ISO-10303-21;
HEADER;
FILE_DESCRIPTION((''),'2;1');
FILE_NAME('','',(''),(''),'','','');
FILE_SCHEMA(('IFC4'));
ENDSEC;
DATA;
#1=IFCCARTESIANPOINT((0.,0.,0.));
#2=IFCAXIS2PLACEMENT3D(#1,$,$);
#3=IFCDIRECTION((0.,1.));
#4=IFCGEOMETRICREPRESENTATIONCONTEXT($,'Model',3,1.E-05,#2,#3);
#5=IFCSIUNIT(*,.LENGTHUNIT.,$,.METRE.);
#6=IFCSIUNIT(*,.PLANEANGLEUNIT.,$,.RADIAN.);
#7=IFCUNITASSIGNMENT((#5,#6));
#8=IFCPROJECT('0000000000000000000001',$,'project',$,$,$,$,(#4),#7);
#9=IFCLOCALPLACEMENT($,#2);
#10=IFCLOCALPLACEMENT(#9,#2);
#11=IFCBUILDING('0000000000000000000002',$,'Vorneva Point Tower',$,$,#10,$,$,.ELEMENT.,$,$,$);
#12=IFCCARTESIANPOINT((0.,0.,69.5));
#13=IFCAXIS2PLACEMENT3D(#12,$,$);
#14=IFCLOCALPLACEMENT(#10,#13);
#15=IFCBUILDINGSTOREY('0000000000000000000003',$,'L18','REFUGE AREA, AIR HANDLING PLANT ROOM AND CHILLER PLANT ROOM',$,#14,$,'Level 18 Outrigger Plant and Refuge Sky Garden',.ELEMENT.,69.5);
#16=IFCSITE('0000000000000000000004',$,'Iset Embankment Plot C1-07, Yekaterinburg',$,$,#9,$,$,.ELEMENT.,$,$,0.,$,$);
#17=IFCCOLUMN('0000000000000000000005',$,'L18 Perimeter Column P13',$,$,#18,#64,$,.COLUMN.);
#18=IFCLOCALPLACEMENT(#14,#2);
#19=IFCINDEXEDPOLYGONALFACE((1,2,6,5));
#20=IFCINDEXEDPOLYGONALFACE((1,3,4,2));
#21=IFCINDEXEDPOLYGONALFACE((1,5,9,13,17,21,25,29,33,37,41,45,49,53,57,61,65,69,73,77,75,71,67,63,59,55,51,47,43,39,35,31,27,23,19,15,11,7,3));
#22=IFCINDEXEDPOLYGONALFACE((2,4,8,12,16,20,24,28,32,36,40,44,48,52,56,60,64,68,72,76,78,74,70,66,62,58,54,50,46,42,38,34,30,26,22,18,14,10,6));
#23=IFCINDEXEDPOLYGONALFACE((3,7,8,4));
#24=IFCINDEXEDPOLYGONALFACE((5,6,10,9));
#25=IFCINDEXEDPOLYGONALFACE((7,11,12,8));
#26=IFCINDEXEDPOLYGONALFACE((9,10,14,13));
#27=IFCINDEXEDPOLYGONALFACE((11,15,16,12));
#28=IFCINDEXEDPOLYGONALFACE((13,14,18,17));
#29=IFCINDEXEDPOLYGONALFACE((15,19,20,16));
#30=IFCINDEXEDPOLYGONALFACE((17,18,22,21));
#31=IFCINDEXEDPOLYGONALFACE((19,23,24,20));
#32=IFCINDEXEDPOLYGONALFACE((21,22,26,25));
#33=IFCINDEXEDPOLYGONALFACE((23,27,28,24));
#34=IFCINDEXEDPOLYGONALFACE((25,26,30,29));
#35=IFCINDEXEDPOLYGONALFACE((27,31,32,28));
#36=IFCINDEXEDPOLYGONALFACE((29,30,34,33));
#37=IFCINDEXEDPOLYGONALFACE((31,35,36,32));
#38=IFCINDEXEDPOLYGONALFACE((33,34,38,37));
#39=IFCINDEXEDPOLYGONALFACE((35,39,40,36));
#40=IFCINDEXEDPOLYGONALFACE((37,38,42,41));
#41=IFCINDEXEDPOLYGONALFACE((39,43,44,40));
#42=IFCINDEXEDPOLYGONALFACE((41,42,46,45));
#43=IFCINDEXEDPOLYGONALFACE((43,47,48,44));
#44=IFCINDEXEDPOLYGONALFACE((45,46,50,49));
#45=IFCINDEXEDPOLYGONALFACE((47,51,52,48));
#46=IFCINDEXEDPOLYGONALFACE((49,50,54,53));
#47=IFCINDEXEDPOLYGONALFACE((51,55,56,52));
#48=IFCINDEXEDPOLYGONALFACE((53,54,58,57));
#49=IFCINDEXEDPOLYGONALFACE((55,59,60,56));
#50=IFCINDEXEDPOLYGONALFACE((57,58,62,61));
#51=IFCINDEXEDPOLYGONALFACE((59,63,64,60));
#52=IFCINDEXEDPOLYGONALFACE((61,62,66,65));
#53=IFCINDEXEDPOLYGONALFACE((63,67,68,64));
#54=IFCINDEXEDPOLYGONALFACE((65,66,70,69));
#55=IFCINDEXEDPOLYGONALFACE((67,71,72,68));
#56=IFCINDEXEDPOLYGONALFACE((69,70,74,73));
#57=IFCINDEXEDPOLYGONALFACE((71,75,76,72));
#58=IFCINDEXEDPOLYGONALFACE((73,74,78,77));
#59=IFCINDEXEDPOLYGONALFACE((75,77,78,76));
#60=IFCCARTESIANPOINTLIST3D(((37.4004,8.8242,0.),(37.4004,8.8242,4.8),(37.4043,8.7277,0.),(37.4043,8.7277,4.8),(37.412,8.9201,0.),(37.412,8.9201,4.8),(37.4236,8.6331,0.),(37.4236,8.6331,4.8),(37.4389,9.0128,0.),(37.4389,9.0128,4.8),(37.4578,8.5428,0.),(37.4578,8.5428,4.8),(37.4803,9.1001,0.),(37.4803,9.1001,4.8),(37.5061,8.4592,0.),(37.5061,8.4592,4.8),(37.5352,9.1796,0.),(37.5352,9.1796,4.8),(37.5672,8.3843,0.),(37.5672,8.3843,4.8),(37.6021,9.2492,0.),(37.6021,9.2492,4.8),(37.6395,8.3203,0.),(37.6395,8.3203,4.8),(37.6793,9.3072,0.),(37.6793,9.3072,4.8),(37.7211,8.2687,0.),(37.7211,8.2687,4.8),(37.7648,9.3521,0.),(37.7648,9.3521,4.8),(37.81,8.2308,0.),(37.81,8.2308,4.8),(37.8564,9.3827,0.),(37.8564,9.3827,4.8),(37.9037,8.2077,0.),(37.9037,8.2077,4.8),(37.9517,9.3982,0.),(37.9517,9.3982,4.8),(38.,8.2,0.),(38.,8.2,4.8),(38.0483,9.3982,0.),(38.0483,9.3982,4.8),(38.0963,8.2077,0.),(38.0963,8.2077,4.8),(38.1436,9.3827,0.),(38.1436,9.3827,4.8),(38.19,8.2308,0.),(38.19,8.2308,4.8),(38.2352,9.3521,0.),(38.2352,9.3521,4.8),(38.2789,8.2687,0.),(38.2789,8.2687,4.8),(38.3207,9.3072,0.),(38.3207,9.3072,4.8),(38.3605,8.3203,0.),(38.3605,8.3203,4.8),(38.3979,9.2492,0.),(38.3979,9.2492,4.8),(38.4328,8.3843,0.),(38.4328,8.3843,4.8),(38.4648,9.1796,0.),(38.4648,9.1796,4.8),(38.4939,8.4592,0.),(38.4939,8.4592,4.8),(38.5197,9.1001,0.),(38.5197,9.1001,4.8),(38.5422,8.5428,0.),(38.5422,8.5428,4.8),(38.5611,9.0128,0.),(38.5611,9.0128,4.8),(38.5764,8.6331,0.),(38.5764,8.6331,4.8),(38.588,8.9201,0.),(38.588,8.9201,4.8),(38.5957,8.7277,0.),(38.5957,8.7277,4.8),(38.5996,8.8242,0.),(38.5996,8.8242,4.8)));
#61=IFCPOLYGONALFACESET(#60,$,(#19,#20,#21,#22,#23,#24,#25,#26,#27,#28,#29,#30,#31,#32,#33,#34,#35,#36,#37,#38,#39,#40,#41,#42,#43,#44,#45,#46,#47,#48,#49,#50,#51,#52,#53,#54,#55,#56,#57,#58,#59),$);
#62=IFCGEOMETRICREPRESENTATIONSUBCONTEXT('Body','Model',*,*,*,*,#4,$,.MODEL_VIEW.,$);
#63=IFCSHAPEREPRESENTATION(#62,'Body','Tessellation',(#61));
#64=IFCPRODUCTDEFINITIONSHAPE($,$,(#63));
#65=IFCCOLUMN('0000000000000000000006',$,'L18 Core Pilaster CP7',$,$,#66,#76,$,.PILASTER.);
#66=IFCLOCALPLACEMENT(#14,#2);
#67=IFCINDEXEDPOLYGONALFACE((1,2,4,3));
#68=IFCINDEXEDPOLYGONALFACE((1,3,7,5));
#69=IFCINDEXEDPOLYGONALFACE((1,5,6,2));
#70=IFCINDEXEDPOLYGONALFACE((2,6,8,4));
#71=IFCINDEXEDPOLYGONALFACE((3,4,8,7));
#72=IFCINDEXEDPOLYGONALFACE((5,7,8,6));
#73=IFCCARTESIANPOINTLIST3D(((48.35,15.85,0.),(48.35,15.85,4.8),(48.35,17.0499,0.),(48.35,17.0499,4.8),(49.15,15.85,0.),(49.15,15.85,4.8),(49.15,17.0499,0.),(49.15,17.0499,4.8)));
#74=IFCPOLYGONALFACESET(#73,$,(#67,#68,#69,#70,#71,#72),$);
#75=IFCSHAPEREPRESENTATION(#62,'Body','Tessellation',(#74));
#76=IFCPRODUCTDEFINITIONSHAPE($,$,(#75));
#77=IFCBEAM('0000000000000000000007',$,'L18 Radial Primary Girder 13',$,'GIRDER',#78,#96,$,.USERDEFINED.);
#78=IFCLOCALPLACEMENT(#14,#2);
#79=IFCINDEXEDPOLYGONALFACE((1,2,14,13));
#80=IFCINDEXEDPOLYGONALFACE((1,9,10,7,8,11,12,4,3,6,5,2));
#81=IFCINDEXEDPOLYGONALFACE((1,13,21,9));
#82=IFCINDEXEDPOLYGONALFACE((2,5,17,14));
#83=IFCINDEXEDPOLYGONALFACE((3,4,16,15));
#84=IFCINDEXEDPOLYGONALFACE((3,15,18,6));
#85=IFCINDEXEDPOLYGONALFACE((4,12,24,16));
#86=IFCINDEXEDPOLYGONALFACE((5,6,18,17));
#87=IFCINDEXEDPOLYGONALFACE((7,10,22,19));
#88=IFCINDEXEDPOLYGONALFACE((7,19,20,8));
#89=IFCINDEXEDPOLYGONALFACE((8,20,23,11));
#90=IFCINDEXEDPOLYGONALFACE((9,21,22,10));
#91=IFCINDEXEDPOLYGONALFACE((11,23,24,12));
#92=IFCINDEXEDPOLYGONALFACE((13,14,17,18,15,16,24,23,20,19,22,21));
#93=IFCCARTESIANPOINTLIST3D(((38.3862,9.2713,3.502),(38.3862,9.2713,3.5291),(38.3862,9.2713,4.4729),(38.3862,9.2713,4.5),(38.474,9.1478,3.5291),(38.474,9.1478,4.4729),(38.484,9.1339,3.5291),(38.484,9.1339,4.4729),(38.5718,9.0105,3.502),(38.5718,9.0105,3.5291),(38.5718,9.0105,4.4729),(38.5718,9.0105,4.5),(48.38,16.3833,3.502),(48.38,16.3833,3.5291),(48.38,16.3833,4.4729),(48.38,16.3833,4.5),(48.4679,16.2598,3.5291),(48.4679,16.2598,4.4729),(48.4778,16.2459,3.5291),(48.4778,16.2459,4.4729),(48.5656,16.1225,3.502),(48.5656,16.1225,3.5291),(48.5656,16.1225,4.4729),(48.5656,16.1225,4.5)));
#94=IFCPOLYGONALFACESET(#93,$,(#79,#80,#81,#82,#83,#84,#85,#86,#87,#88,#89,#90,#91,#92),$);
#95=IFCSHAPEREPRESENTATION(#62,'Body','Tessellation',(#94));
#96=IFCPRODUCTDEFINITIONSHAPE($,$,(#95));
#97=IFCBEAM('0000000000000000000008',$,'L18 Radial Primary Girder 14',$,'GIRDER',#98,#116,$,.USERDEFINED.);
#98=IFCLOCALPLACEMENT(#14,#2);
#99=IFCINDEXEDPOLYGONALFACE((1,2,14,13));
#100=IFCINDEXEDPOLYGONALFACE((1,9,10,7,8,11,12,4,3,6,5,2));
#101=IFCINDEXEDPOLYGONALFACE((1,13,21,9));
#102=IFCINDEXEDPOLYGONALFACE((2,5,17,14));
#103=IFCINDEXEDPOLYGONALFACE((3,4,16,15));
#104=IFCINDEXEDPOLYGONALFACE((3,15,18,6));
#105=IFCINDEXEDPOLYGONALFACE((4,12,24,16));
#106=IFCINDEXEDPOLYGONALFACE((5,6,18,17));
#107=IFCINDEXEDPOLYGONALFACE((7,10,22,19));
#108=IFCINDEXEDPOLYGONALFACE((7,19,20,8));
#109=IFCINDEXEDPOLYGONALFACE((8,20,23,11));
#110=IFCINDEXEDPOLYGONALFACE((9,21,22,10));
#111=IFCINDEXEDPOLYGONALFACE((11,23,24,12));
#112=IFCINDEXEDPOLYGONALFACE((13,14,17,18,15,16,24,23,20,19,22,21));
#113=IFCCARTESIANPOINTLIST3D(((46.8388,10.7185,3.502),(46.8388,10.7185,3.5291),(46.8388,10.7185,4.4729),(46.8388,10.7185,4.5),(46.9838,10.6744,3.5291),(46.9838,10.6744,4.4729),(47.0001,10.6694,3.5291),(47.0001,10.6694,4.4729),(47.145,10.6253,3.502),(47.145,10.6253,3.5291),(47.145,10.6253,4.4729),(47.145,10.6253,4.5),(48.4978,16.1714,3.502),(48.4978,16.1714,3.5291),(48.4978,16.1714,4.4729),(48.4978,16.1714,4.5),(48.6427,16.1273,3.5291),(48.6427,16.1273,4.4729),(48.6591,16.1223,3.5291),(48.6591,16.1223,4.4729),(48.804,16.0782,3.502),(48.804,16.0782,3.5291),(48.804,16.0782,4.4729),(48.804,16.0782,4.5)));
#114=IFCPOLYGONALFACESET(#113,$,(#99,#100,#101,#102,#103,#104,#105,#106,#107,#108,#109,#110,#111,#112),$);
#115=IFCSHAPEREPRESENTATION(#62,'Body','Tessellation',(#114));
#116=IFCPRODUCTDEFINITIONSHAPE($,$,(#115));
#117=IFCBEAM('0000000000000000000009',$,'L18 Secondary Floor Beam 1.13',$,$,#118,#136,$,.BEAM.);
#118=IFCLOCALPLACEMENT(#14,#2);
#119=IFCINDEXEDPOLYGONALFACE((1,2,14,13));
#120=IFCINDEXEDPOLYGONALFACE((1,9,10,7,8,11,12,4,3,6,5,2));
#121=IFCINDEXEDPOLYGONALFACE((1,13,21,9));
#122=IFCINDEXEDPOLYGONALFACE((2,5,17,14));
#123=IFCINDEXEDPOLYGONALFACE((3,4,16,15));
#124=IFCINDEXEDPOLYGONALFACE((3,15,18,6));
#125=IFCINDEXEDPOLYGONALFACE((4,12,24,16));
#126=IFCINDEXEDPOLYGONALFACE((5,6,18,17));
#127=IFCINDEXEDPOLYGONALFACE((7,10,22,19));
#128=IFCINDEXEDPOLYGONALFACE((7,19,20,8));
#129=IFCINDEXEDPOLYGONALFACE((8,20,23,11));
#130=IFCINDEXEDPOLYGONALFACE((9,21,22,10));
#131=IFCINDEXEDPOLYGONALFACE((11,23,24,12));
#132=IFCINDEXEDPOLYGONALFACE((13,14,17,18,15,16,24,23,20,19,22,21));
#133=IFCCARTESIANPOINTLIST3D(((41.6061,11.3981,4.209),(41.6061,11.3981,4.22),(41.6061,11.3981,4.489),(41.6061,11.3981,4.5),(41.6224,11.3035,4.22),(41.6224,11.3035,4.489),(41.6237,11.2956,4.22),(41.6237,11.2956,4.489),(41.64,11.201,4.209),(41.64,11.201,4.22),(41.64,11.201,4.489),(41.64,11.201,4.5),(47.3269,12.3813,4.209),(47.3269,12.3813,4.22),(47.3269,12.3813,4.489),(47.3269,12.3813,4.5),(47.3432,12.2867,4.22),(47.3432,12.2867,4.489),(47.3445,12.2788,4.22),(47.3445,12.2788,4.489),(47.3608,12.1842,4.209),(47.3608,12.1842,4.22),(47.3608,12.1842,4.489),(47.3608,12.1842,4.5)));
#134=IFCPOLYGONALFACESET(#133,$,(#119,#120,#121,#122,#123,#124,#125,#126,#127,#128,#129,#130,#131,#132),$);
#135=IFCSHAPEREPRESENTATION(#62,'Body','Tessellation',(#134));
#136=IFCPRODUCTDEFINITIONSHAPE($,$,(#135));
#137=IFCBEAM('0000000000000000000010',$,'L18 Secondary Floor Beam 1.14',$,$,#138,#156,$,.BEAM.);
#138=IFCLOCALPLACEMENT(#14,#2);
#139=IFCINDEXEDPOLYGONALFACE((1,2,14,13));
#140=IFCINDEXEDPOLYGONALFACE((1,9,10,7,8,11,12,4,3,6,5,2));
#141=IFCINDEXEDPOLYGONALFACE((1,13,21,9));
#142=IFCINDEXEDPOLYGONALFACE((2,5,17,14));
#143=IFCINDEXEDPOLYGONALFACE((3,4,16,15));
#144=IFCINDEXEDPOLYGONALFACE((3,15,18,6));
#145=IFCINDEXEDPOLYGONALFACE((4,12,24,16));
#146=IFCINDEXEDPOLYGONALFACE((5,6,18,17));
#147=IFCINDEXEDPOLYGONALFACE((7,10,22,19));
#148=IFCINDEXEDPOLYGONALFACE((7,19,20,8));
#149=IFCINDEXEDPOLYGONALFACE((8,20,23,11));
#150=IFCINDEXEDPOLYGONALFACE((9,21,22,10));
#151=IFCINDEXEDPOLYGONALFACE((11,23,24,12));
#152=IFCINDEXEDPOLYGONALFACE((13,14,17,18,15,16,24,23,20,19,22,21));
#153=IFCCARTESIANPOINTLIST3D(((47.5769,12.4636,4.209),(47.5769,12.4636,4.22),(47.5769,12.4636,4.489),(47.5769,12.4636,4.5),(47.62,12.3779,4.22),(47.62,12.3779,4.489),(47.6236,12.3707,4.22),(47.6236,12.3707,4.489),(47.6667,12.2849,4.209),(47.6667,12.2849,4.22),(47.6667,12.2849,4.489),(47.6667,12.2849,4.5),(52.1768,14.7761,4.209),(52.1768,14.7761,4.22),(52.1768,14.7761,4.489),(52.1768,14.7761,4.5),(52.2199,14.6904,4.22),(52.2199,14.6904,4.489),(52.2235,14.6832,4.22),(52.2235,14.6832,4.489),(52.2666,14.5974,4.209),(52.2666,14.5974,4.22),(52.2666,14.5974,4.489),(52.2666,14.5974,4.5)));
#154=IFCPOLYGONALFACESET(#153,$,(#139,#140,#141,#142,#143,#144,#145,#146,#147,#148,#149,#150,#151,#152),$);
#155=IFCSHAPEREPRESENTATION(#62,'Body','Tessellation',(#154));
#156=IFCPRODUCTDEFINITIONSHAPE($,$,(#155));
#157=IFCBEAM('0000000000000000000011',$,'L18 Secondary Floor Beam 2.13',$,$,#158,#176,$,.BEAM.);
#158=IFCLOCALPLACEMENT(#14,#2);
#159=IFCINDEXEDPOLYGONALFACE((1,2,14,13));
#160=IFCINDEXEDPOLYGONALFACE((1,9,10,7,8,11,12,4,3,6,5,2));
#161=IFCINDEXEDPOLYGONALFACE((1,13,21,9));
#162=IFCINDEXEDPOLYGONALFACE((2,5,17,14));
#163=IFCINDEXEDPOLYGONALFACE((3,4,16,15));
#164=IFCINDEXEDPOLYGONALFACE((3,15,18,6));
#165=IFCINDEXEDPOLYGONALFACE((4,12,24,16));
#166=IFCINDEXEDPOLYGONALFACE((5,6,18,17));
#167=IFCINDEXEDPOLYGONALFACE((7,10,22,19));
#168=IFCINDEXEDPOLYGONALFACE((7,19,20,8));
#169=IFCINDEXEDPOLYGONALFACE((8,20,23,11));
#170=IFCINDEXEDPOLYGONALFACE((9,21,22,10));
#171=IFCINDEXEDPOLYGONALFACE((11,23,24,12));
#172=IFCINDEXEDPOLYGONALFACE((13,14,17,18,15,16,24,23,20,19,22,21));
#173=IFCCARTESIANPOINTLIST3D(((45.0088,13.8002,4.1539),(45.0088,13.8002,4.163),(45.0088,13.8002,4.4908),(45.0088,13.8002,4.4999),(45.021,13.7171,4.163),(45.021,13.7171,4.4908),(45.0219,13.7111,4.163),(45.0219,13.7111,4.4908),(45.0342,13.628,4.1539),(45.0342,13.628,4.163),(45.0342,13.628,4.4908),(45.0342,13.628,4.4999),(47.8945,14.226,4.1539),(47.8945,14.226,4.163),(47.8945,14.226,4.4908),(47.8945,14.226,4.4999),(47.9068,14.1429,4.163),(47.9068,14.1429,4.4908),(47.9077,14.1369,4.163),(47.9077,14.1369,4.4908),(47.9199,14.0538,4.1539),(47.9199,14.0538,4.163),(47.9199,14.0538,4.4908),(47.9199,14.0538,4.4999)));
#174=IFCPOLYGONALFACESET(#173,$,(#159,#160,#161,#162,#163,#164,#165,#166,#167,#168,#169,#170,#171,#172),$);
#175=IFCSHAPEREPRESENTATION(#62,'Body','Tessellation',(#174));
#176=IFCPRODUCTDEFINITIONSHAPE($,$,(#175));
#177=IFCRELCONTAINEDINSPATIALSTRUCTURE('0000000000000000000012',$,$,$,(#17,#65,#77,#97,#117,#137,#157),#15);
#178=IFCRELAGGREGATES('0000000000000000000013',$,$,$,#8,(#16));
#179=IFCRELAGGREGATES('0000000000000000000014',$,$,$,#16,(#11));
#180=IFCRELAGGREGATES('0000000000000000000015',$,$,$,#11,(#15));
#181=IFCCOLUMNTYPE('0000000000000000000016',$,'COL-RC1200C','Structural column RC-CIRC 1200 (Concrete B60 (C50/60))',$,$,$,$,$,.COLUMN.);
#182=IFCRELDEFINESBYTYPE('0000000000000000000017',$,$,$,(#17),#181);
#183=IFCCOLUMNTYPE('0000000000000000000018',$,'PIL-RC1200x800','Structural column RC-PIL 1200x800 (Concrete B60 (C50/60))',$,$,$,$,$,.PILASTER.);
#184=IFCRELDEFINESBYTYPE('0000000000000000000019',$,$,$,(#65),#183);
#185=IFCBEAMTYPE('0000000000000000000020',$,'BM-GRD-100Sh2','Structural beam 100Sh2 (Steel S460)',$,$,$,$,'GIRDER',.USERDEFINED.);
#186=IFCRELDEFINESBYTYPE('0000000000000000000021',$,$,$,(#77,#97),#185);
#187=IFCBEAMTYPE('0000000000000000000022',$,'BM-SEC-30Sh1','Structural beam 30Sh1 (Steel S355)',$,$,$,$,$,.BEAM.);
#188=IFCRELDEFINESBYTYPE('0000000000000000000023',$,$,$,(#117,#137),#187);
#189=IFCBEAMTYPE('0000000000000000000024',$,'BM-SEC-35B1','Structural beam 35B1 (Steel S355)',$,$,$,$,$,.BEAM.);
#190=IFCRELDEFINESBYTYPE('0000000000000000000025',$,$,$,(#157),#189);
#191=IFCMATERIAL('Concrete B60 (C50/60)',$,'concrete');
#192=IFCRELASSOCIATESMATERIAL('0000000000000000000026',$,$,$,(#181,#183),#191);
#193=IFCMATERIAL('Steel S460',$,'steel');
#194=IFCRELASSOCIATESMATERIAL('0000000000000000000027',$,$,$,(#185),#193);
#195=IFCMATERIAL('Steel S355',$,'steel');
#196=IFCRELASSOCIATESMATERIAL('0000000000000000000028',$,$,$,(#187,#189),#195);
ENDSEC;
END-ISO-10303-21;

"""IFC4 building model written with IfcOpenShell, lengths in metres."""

from ifc_helpers import new_model, si_unit, direction, frame, origin, origin_2d, place, context, subcontext, project, spatial, rectangle, circle, i_section, extrude, material, material_profile, profile_set, type_object, element, save


model = new_model("IFC4")

# Units and contexts
model_context = context("Model", 3, precision=1e-05, world=origin(), true_north=direction((0.0, 1.0)))
body_context = subcontext(model_context, "Body", "Model", "MODEL_VIEW")
ifc_project = project(units=[si_unit("LENGTHUNIT", "METRE"), si_unit("PLANEANGLEUNIT", "RADIAN")], contexts=[model_context])

# Site, building, storey
site_placement = place(None, origin())
site = spatial("IfcSite", under=ifc_project, at=site_placement, Name="Iset Embankment Plot C1-07, Yekaterinburg", CompositionType="ELEMENT", RefElevation=0.0)
building_placement = place(site_placement, origin())
building = spatial("IfcBuilding", under=site, at=building_placement, Name="Vorneva Point Tower", CompositionType="ELEMENT")
storey_placement = place(building_placement, frame((0.0, 0.0, 69.5)))
storey = spatial("IfcBuildingStorey", under=building, at=storey_placement, Name="L18", Description="REFUGE AREA, AIR HANDLING PLANT ROOM AND CHILLER PLANT ROOM", LongName="Level 18 Outrigger Plant and Refuge Sky Garden", CompositionType="ELEMENT", Elevation=69.5)

# Columns
ifc_material_1 = material(Name="Concrete B60 (C50/60)", Category="concrete")
ifc_material_profile_1 = material_profile(ifc_material_1, circle(Radius=0.6001, at=origin_2d()), Name="RC-CIRC 1200")
ifc_profile_set_1 = profile_set([ifc_material_profile_1], Name="Concrete B60 (C50/60)")
column_type_1 = type_object("IfcColumnType", Name="COL-RC1200C", Description="Structural column RC-CIRC 1200 (Concrete B60 (C50/60))", PredefinedType="COLUMN", material=ifc_profile_set_1)
for number, where, z_axis, x_axis, name in (
    (1, (38.0, 8.8, 0.0), (0.0, 0.0, 1.0), (0.0, -1.0, 0.0), "L18 Perimeter Column P13"),
):
    element("IfcColumn", number, at=place(storey_placement, frame(where, z_axis=z_axis, x_axis=x_axis)), inside=storey, type_object=column_type_1, Name=name, PredefinedType="COLUMN", context=body_context, shape_type="SweptSolid", body=[
        extrude(circle(Radius=0.6001, at=origin_2d()), origin(), (0.0, 0.0, 1.0), 4.8),
    ])
ifc_material_profile_2 = material_profile(ifc_material_1, rectangle(XDim=0.8, YDim=1.2, at=origin_2d()), Name="RC-PIL 1200x800")
ifc_profile_set_2 = profile_set([ifc_material_profile_2], Name="Concrete B60 (C50/60)")
column_type_2 = type_object("IfcColumnType", Name="PIL-RC1200x800", Description="Structural column RC-PIL 1200x800 (Concrete B60 (C50/60))", PredefinedType="PILASTER", material=ifc_profile_set_2)
column_placement = place(storey_placement, frame((48.75, 16.45, 0.0), z_axis=(0.0, 0.0, 1.0), x_axis=(1.0, 0.0, 0.0)))
element("IfcColumn", 2, at=column_placement, inside=storey, type_object=column_type_2, Name="L18 Core Pilaster CP7", PredefinedType="PILASTER", context=body_context, shape_type="SweptSolid", body=[
    extrude(rectangle(XDim=0.8, YDim=1.2, at=origin_2d()), origin(), (0.0, 0.0, 1.0), 4.8),
])

# Beams
ifc_material_2 = material(Name="Steel S460", Category="steel")
ifc_material_profile_3 = material_profile(ifc_material_2, i_section(OverallWidth=0.3201, OverallDepth=0.998, WebThickness=0.0171, FlangeThickness=0.0271, at=origin_2d()), Name="100Sh2")
ifc_profile_set_3 = profile_set([ifc_material_profile_3], Name="Steel S460")
beam_type_1 = type_object("IfcBeamType", Name="BM-GRD-100Sh2", Description="Structural beam 100Sh2 (Steel S460)", ElementType="GIRDER", PredefinedType="USERDEFINED", material=ifc_profile_set_3)
beam_1_placement = place(storey_placement, frame((38.479, 9.1409, 4.001), z_axis=(0.814752, 0.57981, 0.0), x_axis=(-0.57981, 0.814752, 0.0)))
element("IfcBeam", 3, at=beam_1_placement, inside=storey, type_object=beam_type_1, Name="L18 Radial Primary Girder 13", ObjectType="GIRDER", PredefinedType="USERDEFINED", context=body_context, shape_type="SweptSolid", body=[
    extrude(i_section(OverallWidth=0.3201, OverallDepth=0.998, WebThickness=0.0171, FlangeThickness=0.0271, at=origin_2d()), origin(), (0.0, 0.0, 1.0), 12.2661),
])
beam_2_placement = place(storey_placement, frame((46.9919, 10.6719, 4.001), z_axis=(0.291059, 0.956705, 0.0), x_axis=(-0.956705, 0.291059, 0.0)))
element("IfcBeam", 4, at=beam_2_placement, inside=storey, type_object=beam_type_1, Name="L18 Radial Primary Girder 14", ObjectType="GIRDER", PredefinedType="USERDEFINED", context=body_context, shape_type="SweptSolid", body=[
    extrude(i_section(OverallWidth=0.3201, OverallDepth=0.998, WebThickness=0.0171, FlangeThickness=0.0271, at=origin_2d()), origin(), (0.0, 0.0, 1.0), 5.6997),
])
ifc_material_3 = material(Name="Steel S355", Category="steel")
ifc_material_profile_4 = material_profile(ifc_material_3, i_section(OverallWidth=0.2, OverallDepth=0.291, WebThickness=0.0081, FlangeThickness=0.011, at=origin_2d()), Name="30Sh1")
ifc_profile_set_4 = profile_set([ifc_material_profile_4], Name="Steel S355")
beam_type_2 = type_object("IfcBeamType", Name="BM-SEC-30Sh1", Description="Structural beam 30Sh1 (Steel S355)", PredefinedType="BEAM", material=ifc_profile_set_4)
beam_3_placement = place(storey_placement, frame((41.623, 11.2996, 4.3545), z_axis=(0.985552, 0.169376, 0.0), x_axis=(-0.169376, 0.985552, 0.0)))
element("IfcBeam", 5, at=beam_3_placement, inside=storey, type_object=beam_type_2, Name="L18 Secondary Floor Beam 1.13", PredefinedType="BEAM", context=body_context, shape_type="SweptSolid", body=[
    extrude(i_section(OverallWidth=0.2, OverallDepth=0.291, WebThickness=0.0081, FlangeThickness=0.011, at=origin_2d()), origin(), (0.0, 0.0, 1.0), 5.8047),
])
beam_4_placement = place(storey_placement, frame((47.6218, 12.3743, 4.3545), z_axis=(0.893448, 0.449166, 0.0), x_axis=(-0.449166, 0.893448, 0.0)))
element("IfcBeam", 6, at=beam_4_placement, inside=storey, type_object=beam_type_2, Name="L18 Secondary Floor Beam 1.14", PredefinedType="BEAM", context=body_context, shape_type="SweptSolid", body=[
    extrude(i_section(OverallWidth=0.2, OverallDepth=0.291, WebThickness=0.0081, FlangeThickness=0.011, at=origin_2d()), origin(), (0.0, 0.0, 1.0), 5.1484),
])
ifc_material_profile_5 = material_profile(ifc_material_3, i_section(OverallWidth=0.1741, OverallDepth=0.3459, WebThickness=0.0061, FlangeThickness=0.009, at=origin_2d()), Name="35B1")
ifc_profile_set_5 = profile_set([ifc_material_profile_5], Name="Steel S355")
beam_type_3 = type_object("IfcBeamType", Name="BM-SEC-35B1", Description="Structural beam 35B1 (Steel S355)", PredefinedType="BEAM", material=ifc_profile_set_5)
beam_5_placement = place(storey_placement, frame((45.0215, 13.7141, 4.3269), z_axis=(0.98929, 0.145966, 0.0), x_axis=(-0.145966, 0.98929, 0.0)))
element("IfcBeam", 7, at=beam_5_placement, inside=storey, type_object=beam_type_3, Name="L18 Secondary Floor Beam 2.13", PredefinedType="BEAM", context=body_context, shape_type="SweptSolid", body=[
    extrude(i_section(OverallWidth=0.1741, OverallDepth=0.3459, WebThickness=0.0061, FlangeThickness=0.009, at=origin_2d()), origin(), (0.0, 0.0, 1.0), 2.917),
])

save(model, "model.ifc")
